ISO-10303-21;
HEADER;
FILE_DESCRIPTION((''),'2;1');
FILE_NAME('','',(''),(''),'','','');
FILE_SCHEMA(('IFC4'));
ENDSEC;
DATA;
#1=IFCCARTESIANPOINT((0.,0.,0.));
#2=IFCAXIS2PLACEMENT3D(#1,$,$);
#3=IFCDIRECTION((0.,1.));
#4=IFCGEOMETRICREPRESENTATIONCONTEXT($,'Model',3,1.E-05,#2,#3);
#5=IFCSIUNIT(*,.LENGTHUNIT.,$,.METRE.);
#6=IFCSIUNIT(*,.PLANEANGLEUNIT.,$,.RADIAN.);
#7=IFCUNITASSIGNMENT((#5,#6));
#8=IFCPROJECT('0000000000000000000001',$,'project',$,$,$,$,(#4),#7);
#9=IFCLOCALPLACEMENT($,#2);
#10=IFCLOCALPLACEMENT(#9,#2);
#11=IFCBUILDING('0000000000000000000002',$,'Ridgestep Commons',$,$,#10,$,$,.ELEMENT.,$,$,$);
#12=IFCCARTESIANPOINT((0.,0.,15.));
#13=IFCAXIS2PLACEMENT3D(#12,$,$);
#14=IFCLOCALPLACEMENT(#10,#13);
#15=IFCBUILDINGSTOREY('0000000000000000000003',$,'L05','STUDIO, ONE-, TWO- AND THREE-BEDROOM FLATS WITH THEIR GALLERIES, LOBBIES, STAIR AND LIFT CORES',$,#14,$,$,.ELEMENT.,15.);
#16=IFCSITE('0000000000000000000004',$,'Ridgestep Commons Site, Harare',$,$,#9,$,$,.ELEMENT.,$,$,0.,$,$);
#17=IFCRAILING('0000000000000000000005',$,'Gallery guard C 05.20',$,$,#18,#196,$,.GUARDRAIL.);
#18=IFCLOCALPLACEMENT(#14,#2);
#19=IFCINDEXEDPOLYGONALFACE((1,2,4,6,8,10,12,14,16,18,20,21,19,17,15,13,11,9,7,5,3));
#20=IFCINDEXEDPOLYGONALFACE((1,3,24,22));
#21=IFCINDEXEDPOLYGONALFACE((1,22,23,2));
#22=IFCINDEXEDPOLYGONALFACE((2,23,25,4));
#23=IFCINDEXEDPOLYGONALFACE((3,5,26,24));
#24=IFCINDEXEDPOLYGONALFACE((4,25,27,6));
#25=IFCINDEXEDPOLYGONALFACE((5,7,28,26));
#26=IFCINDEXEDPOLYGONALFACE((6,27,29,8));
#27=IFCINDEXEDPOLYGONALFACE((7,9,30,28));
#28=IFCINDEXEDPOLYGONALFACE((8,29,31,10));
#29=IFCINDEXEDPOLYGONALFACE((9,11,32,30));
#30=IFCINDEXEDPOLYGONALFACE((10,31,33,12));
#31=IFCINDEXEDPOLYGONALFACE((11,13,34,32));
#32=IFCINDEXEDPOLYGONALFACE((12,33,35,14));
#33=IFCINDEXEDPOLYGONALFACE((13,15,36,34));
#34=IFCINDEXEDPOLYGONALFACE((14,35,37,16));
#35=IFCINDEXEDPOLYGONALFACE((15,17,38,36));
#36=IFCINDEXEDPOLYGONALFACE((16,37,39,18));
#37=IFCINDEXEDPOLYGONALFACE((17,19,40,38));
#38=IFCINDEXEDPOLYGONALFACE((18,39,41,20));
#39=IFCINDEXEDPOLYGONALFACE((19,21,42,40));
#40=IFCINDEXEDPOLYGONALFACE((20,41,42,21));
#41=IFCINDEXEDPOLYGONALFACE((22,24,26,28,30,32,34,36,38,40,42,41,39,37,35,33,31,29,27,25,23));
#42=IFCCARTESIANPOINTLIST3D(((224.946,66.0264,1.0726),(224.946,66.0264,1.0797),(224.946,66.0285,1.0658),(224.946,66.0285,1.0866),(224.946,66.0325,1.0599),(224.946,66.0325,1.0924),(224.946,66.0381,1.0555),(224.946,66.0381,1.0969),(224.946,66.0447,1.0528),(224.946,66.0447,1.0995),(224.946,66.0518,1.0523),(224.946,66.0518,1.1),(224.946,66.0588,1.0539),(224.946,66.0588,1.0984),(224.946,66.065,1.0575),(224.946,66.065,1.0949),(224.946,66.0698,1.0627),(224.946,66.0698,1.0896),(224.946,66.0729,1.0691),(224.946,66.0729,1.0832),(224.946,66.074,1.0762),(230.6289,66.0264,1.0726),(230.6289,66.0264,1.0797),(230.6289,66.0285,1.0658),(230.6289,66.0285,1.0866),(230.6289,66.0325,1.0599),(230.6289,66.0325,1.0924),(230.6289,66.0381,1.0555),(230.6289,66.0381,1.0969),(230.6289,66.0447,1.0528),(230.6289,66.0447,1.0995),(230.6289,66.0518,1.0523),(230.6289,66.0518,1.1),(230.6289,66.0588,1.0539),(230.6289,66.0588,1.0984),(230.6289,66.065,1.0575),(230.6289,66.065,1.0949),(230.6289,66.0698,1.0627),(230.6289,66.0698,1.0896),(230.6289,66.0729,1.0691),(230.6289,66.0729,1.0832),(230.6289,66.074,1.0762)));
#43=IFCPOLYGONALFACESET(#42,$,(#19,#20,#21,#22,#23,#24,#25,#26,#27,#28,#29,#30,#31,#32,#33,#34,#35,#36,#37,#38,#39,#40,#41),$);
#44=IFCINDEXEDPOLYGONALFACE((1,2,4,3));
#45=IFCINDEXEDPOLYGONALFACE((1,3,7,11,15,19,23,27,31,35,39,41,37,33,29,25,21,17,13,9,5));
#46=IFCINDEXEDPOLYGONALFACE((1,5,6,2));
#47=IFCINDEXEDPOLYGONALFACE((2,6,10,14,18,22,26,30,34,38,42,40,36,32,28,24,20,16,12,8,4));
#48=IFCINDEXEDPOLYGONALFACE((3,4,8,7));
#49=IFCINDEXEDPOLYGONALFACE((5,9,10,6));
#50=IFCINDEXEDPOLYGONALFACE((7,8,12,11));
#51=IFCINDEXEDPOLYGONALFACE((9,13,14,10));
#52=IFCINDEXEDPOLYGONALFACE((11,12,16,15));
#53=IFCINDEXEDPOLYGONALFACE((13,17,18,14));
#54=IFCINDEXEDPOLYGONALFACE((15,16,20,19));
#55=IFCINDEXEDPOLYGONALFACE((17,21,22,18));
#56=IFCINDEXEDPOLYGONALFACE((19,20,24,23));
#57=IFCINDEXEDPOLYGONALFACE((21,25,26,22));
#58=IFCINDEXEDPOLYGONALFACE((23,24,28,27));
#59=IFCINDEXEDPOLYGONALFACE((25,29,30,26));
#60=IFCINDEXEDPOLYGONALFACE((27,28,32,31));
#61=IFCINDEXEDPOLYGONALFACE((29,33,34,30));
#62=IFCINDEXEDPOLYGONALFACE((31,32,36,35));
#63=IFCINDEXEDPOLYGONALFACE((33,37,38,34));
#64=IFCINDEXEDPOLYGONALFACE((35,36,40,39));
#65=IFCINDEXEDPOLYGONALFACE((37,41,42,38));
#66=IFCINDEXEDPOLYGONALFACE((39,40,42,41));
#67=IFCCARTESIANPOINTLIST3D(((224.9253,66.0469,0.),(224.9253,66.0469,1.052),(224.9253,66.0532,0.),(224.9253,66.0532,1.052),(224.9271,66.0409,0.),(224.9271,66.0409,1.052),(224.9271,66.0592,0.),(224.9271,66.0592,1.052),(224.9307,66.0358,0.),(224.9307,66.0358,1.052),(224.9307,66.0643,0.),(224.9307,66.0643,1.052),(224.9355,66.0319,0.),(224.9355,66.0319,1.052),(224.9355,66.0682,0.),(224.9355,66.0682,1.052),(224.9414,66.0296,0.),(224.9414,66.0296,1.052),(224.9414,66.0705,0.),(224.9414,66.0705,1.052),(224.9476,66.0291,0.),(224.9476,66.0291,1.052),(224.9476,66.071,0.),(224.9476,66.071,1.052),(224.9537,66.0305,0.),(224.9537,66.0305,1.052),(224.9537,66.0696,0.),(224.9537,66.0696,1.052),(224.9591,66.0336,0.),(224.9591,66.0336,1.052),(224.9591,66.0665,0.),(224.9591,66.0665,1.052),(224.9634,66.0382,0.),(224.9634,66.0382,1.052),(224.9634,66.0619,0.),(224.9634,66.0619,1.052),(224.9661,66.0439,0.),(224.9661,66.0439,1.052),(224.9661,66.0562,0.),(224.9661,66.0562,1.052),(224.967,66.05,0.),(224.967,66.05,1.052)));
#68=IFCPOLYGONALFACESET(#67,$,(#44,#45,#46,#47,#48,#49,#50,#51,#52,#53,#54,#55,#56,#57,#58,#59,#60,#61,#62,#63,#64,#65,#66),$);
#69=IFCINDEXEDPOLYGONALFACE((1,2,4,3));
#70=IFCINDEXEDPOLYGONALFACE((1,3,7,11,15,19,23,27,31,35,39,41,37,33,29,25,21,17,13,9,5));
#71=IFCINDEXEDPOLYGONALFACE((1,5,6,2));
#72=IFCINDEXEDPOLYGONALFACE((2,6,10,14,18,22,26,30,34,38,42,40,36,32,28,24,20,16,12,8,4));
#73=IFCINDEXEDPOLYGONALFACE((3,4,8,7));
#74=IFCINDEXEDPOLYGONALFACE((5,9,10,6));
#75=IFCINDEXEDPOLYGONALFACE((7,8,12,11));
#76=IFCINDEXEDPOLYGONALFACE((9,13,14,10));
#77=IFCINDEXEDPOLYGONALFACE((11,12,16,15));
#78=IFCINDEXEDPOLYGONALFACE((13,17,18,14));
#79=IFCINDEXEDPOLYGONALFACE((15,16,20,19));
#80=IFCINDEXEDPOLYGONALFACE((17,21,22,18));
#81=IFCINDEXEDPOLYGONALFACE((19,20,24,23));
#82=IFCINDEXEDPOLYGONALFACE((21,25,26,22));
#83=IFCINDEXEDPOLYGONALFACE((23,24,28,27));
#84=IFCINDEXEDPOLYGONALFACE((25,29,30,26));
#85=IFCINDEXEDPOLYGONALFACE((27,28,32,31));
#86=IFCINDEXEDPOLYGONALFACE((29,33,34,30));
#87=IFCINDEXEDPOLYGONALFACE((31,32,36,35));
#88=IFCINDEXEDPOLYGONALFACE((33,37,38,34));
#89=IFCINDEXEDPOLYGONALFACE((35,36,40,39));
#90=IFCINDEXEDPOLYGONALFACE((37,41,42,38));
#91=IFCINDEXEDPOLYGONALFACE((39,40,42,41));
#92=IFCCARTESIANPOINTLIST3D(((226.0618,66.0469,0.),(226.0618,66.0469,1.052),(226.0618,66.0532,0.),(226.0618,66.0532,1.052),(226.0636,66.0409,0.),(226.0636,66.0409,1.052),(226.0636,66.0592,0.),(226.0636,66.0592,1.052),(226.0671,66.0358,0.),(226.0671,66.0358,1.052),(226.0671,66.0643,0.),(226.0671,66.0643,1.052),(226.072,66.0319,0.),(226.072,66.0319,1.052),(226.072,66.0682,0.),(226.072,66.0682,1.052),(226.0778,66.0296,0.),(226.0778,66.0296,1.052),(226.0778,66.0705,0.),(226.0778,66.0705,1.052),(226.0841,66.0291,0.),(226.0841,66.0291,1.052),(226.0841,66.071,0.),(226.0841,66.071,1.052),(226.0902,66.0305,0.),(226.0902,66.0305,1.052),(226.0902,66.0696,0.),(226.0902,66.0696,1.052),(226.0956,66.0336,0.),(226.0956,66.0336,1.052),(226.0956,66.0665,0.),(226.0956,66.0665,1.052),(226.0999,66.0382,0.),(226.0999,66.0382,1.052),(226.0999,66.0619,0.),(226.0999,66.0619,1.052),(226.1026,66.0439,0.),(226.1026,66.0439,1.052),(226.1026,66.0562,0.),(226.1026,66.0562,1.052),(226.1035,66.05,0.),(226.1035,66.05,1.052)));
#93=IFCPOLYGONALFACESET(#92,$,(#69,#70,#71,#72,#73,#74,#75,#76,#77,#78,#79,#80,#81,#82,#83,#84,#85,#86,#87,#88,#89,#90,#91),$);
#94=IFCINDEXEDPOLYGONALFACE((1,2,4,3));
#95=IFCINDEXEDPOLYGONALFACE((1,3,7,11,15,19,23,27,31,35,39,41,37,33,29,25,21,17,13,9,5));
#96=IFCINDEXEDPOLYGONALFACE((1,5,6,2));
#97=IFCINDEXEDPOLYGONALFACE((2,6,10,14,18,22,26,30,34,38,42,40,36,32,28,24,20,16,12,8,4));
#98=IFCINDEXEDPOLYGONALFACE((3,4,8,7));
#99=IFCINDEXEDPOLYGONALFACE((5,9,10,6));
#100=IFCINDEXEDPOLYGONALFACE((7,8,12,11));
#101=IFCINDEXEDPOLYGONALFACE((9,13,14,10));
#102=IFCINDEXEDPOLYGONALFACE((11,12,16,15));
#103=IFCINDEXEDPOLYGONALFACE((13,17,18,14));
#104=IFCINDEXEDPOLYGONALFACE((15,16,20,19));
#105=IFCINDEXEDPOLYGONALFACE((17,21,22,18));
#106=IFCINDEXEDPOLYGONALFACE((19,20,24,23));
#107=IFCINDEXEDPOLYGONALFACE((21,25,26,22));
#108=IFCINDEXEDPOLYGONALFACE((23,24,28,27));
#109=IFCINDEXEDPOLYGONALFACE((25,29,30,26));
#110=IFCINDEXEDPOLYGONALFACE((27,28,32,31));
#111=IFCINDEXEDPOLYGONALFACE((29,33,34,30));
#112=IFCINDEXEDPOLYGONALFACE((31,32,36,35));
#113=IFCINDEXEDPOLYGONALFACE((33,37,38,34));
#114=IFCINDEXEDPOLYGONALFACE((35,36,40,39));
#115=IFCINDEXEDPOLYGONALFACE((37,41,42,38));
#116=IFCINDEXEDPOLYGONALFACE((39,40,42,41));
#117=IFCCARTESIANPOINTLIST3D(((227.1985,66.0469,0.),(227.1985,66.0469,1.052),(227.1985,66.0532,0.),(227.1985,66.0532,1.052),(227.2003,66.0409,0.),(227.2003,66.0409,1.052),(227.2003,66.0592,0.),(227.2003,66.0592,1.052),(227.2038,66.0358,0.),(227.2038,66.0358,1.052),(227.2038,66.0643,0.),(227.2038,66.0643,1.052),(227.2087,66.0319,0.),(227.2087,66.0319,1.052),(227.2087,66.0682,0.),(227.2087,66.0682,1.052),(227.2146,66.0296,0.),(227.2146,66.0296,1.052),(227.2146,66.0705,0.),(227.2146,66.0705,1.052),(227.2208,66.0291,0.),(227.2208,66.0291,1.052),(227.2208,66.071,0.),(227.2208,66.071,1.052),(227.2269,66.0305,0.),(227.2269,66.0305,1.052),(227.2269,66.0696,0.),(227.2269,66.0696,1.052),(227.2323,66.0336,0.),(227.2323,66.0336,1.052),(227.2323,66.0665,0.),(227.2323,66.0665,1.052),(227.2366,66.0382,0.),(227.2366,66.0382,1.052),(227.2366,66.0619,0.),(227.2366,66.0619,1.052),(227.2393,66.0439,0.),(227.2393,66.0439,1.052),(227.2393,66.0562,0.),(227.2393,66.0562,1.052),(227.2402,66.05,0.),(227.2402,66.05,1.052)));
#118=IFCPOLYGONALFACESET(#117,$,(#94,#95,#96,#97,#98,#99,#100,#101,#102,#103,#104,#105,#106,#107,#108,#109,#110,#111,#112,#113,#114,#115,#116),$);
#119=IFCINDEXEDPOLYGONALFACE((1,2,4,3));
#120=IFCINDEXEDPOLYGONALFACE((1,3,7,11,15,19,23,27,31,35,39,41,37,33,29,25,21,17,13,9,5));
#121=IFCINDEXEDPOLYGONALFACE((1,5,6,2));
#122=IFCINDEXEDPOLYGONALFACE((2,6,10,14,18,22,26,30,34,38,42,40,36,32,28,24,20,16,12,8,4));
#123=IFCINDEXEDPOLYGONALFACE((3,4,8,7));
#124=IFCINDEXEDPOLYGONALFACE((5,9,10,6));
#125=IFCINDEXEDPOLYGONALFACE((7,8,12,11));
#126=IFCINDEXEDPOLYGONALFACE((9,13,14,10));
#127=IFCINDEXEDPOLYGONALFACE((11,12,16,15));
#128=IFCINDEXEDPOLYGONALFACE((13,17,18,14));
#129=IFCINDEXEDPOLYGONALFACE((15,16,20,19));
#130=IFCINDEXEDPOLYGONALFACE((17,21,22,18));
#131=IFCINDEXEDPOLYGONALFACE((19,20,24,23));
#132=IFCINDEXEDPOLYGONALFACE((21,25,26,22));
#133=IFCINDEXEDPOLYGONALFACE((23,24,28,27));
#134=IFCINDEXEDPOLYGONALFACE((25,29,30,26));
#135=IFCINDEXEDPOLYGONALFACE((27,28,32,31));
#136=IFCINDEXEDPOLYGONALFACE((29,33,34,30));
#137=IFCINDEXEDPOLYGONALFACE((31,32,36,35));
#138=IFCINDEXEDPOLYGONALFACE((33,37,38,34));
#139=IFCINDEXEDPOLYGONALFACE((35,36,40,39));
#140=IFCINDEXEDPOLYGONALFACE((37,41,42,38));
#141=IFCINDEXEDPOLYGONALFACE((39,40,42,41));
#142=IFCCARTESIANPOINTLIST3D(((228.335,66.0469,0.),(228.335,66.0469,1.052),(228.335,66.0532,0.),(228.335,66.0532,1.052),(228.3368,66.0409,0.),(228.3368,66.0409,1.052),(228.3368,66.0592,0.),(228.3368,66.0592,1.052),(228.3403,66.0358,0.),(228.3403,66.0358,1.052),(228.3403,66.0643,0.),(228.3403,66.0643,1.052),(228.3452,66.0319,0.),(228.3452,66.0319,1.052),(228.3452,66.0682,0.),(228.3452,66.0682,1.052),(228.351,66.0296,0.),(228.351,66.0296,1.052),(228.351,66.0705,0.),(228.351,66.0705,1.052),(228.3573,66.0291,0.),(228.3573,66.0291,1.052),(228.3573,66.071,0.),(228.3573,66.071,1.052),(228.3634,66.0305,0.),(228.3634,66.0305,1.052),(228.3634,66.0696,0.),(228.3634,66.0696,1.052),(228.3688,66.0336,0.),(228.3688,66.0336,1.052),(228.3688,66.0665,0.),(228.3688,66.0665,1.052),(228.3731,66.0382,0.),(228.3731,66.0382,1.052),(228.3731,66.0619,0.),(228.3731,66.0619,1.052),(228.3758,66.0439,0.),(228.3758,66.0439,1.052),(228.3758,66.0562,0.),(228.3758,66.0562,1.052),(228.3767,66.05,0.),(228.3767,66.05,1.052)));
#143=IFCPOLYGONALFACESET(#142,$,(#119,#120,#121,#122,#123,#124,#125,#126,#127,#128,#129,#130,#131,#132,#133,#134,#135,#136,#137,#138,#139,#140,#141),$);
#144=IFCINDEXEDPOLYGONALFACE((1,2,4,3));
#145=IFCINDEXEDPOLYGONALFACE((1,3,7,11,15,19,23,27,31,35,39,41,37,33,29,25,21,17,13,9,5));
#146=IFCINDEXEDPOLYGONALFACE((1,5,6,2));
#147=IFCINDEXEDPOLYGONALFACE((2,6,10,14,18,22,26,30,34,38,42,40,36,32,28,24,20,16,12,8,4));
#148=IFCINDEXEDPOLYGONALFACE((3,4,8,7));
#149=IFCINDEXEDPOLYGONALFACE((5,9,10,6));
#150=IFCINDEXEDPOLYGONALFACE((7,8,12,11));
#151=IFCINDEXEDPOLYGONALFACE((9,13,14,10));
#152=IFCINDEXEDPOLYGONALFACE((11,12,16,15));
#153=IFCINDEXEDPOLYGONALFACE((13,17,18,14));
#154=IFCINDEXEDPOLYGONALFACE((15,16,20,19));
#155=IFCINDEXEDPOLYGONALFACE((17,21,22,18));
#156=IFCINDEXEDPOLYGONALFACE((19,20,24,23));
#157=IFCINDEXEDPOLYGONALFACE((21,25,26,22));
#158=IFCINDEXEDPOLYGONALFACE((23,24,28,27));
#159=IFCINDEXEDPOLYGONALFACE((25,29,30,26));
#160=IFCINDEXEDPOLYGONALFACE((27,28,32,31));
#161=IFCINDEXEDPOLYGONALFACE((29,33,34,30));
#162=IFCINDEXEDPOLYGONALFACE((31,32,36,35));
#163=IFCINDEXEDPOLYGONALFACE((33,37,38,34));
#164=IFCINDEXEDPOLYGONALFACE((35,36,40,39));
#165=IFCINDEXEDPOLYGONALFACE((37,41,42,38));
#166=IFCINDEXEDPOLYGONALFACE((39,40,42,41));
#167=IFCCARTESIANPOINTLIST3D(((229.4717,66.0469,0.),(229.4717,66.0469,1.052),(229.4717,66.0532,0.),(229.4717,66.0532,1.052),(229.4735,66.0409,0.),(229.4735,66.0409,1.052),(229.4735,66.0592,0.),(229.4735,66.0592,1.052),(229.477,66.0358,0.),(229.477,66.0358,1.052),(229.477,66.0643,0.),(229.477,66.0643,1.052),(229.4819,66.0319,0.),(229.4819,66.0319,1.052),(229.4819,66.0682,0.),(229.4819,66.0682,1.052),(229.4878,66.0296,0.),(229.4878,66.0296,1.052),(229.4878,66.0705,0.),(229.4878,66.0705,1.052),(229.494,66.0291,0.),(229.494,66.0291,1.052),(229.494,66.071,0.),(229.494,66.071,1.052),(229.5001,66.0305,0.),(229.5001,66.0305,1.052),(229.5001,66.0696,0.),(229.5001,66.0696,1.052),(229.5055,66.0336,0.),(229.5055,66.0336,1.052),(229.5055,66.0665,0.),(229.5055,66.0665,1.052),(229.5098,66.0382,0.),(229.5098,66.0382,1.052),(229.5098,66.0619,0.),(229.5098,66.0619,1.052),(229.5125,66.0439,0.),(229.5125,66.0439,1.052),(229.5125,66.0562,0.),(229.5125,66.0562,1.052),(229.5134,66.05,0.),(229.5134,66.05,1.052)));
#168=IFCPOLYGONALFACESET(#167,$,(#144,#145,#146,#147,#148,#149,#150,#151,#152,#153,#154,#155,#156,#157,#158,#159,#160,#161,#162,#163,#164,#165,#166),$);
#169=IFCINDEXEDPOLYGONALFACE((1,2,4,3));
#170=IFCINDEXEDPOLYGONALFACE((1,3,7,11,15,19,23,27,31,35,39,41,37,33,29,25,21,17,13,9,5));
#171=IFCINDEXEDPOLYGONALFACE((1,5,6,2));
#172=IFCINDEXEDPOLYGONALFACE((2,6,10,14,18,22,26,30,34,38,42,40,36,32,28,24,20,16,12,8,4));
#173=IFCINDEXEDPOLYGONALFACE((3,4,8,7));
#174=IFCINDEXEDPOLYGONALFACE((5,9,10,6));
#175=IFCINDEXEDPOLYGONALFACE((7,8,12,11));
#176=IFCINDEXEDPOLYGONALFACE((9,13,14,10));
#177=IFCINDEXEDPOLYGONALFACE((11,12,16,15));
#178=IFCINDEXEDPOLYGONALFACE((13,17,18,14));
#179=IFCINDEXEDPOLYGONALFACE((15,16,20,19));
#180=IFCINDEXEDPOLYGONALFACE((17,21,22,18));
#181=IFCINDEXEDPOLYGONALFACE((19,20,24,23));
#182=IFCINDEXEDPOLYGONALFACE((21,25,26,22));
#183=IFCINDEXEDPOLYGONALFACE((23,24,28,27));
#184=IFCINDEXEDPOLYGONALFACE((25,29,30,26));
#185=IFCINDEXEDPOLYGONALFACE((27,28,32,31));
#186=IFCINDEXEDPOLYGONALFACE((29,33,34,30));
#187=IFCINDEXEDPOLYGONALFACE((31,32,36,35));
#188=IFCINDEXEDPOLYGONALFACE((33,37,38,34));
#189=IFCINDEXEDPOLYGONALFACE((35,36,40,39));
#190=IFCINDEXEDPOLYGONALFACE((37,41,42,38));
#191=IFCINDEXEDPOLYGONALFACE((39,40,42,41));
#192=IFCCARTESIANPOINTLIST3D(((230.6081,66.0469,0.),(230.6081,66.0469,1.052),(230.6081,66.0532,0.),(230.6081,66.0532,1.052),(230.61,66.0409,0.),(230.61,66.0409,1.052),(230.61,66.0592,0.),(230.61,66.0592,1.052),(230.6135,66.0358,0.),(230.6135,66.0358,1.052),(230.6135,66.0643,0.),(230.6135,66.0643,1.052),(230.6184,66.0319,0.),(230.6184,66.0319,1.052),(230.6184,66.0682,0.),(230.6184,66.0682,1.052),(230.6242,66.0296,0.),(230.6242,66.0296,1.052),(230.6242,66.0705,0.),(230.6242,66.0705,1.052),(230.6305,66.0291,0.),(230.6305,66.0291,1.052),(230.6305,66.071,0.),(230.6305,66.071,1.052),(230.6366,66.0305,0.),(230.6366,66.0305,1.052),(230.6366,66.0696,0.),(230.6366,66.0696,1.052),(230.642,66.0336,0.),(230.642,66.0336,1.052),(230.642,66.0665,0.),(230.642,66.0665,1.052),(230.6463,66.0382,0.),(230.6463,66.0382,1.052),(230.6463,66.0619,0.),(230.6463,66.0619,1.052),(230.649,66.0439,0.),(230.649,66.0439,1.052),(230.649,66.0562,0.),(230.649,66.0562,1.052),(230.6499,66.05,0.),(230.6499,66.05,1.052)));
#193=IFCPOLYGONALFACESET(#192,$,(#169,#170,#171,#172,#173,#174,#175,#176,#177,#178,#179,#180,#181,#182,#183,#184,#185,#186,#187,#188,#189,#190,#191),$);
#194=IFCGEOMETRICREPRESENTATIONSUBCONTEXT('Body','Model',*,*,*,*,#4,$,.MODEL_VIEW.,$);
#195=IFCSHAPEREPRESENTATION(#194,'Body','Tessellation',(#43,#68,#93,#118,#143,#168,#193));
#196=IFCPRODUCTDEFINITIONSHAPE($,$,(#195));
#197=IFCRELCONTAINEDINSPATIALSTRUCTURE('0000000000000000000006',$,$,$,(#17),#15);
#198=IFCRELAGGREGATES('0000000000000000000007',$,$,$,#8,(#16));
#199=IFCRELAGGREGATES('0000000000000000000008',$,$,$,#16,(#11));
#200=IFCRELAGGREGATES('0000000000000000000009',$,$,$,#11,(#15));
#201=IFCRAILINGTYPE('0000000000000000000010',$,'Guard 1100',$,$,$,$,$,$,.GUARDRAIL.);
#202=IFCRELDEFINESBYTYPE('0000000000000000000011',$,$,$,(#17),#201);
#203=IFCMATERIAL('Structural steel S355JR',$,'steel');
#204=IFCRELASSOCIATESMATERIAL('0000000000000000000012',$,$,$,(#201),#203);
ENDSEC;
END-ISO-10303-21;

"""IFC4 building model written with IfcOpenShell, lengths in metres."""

from ifc_helpers import new_model, si_unit, direction, frame, origin, origin_2d, place, context, subcontext, project, spatial, circle, extrude, material, type_object, element, save


model = new_model("IFC4")

# Units and contexts
model_context = context("Model", 3, precision=1e-05, world=origin(), true_north=direction((0.0, 1.0)))
body_context = subcontext(model_context, "Body", "Model", "MODEL_VIEW")
ifc_project = project(units=[si_unit("LENGTHUNIT", "METRE"), si_unit("PLANEANGLEUNIT", "RADIAN")], contexts=[model_context])

# Site, building, storey
site_placement = place(None, origin())
site = spatial("IfcSite", under=ifc_project, at=site_placement, Name="Ridgestep Commons Site, Harare", CompositionType="ELEMENT", RefElevation=0.0)
building_placement = place(site_placement, origin())
building = spatial("IfcBuilding", under=site, at=building_placement, Name="Ridgestep Commons", CompositionType="ELEMENT")
storey_placement = place(building_placement, frame((0.0, 0.0, 15.0)))
storey = spatial("IfcBuildingStorey", under=building, at=storey_placement, Name="L05", Description="STUDIO, ONE-, TWO- AND THREE-BEDROOM FLATS WITH THEIR GALLERIES, LOBBIES, STAIR AND LIFT CORES", CompositionType="ELEMENT", Elevation=15.0)

# Railing
ifc_material_1 = material(Name="Structural steel S355JR", Category="steel")
railing_type_1 = type_object("IfcRailingType", Name="Guard 1100", PredefinedType="GUARDRAIL", material=ifc_material_1)
railing_1_placement = place(storey_placement, frame((224.946, 66.05, 0.0)))
element("IfcRailing", 1, at=railing_1_placement, inside=storey, type_object=railing_type_1, Name="Gallery guard C 05.20", PredefinedType="GUARDRAIL", context=body_context, shape_type="SweptSolid", body=[
    extrude(circle(Radius=0.0239, at=origin_2d()), frame((0.0, 0.0, 1.0762), z_axis=(1.0, 0.0, 0.0), x_axis=(0.0, 1.0, 0.0)), (0.0, 0.0, 1.0), 5.6829),
    extrude(circle(Radius=0.021, at=origin_2d()), origin(), (0.0, 0.0, 1.0), 1.052),
    extrude(circle(Radius=0.021, at=origin_2d()), frame((1.1365, 0.0, 0.0)), (0.0, 0.0, 1.0), 1.052),
    extrude(circle(Radius=0.021, at=origin_2d()), frame((2.2732, 0.0, 0.0)), (0.0, 0.0, 1.0), 1.052),
    extrude(circle(Radius=0.021, at=origin_2d()), frame((3.4097, 0.0, 0.0)), (0.0, 0.0, 1.0), 1.052),
    extrude(circle(Radius=0.021, at=origin_2d()), frame((4.5464, 0.0, 0.0)), (0.0, 0.0, 1.0), 1.052),
    extrude(circle(Radius=0.021, at=origin_2d()), frame((5.6829, 0.0, 0.0)), (0.0, 0.0, 1.0), 1.052),
])

save(model, "model.ifc")
